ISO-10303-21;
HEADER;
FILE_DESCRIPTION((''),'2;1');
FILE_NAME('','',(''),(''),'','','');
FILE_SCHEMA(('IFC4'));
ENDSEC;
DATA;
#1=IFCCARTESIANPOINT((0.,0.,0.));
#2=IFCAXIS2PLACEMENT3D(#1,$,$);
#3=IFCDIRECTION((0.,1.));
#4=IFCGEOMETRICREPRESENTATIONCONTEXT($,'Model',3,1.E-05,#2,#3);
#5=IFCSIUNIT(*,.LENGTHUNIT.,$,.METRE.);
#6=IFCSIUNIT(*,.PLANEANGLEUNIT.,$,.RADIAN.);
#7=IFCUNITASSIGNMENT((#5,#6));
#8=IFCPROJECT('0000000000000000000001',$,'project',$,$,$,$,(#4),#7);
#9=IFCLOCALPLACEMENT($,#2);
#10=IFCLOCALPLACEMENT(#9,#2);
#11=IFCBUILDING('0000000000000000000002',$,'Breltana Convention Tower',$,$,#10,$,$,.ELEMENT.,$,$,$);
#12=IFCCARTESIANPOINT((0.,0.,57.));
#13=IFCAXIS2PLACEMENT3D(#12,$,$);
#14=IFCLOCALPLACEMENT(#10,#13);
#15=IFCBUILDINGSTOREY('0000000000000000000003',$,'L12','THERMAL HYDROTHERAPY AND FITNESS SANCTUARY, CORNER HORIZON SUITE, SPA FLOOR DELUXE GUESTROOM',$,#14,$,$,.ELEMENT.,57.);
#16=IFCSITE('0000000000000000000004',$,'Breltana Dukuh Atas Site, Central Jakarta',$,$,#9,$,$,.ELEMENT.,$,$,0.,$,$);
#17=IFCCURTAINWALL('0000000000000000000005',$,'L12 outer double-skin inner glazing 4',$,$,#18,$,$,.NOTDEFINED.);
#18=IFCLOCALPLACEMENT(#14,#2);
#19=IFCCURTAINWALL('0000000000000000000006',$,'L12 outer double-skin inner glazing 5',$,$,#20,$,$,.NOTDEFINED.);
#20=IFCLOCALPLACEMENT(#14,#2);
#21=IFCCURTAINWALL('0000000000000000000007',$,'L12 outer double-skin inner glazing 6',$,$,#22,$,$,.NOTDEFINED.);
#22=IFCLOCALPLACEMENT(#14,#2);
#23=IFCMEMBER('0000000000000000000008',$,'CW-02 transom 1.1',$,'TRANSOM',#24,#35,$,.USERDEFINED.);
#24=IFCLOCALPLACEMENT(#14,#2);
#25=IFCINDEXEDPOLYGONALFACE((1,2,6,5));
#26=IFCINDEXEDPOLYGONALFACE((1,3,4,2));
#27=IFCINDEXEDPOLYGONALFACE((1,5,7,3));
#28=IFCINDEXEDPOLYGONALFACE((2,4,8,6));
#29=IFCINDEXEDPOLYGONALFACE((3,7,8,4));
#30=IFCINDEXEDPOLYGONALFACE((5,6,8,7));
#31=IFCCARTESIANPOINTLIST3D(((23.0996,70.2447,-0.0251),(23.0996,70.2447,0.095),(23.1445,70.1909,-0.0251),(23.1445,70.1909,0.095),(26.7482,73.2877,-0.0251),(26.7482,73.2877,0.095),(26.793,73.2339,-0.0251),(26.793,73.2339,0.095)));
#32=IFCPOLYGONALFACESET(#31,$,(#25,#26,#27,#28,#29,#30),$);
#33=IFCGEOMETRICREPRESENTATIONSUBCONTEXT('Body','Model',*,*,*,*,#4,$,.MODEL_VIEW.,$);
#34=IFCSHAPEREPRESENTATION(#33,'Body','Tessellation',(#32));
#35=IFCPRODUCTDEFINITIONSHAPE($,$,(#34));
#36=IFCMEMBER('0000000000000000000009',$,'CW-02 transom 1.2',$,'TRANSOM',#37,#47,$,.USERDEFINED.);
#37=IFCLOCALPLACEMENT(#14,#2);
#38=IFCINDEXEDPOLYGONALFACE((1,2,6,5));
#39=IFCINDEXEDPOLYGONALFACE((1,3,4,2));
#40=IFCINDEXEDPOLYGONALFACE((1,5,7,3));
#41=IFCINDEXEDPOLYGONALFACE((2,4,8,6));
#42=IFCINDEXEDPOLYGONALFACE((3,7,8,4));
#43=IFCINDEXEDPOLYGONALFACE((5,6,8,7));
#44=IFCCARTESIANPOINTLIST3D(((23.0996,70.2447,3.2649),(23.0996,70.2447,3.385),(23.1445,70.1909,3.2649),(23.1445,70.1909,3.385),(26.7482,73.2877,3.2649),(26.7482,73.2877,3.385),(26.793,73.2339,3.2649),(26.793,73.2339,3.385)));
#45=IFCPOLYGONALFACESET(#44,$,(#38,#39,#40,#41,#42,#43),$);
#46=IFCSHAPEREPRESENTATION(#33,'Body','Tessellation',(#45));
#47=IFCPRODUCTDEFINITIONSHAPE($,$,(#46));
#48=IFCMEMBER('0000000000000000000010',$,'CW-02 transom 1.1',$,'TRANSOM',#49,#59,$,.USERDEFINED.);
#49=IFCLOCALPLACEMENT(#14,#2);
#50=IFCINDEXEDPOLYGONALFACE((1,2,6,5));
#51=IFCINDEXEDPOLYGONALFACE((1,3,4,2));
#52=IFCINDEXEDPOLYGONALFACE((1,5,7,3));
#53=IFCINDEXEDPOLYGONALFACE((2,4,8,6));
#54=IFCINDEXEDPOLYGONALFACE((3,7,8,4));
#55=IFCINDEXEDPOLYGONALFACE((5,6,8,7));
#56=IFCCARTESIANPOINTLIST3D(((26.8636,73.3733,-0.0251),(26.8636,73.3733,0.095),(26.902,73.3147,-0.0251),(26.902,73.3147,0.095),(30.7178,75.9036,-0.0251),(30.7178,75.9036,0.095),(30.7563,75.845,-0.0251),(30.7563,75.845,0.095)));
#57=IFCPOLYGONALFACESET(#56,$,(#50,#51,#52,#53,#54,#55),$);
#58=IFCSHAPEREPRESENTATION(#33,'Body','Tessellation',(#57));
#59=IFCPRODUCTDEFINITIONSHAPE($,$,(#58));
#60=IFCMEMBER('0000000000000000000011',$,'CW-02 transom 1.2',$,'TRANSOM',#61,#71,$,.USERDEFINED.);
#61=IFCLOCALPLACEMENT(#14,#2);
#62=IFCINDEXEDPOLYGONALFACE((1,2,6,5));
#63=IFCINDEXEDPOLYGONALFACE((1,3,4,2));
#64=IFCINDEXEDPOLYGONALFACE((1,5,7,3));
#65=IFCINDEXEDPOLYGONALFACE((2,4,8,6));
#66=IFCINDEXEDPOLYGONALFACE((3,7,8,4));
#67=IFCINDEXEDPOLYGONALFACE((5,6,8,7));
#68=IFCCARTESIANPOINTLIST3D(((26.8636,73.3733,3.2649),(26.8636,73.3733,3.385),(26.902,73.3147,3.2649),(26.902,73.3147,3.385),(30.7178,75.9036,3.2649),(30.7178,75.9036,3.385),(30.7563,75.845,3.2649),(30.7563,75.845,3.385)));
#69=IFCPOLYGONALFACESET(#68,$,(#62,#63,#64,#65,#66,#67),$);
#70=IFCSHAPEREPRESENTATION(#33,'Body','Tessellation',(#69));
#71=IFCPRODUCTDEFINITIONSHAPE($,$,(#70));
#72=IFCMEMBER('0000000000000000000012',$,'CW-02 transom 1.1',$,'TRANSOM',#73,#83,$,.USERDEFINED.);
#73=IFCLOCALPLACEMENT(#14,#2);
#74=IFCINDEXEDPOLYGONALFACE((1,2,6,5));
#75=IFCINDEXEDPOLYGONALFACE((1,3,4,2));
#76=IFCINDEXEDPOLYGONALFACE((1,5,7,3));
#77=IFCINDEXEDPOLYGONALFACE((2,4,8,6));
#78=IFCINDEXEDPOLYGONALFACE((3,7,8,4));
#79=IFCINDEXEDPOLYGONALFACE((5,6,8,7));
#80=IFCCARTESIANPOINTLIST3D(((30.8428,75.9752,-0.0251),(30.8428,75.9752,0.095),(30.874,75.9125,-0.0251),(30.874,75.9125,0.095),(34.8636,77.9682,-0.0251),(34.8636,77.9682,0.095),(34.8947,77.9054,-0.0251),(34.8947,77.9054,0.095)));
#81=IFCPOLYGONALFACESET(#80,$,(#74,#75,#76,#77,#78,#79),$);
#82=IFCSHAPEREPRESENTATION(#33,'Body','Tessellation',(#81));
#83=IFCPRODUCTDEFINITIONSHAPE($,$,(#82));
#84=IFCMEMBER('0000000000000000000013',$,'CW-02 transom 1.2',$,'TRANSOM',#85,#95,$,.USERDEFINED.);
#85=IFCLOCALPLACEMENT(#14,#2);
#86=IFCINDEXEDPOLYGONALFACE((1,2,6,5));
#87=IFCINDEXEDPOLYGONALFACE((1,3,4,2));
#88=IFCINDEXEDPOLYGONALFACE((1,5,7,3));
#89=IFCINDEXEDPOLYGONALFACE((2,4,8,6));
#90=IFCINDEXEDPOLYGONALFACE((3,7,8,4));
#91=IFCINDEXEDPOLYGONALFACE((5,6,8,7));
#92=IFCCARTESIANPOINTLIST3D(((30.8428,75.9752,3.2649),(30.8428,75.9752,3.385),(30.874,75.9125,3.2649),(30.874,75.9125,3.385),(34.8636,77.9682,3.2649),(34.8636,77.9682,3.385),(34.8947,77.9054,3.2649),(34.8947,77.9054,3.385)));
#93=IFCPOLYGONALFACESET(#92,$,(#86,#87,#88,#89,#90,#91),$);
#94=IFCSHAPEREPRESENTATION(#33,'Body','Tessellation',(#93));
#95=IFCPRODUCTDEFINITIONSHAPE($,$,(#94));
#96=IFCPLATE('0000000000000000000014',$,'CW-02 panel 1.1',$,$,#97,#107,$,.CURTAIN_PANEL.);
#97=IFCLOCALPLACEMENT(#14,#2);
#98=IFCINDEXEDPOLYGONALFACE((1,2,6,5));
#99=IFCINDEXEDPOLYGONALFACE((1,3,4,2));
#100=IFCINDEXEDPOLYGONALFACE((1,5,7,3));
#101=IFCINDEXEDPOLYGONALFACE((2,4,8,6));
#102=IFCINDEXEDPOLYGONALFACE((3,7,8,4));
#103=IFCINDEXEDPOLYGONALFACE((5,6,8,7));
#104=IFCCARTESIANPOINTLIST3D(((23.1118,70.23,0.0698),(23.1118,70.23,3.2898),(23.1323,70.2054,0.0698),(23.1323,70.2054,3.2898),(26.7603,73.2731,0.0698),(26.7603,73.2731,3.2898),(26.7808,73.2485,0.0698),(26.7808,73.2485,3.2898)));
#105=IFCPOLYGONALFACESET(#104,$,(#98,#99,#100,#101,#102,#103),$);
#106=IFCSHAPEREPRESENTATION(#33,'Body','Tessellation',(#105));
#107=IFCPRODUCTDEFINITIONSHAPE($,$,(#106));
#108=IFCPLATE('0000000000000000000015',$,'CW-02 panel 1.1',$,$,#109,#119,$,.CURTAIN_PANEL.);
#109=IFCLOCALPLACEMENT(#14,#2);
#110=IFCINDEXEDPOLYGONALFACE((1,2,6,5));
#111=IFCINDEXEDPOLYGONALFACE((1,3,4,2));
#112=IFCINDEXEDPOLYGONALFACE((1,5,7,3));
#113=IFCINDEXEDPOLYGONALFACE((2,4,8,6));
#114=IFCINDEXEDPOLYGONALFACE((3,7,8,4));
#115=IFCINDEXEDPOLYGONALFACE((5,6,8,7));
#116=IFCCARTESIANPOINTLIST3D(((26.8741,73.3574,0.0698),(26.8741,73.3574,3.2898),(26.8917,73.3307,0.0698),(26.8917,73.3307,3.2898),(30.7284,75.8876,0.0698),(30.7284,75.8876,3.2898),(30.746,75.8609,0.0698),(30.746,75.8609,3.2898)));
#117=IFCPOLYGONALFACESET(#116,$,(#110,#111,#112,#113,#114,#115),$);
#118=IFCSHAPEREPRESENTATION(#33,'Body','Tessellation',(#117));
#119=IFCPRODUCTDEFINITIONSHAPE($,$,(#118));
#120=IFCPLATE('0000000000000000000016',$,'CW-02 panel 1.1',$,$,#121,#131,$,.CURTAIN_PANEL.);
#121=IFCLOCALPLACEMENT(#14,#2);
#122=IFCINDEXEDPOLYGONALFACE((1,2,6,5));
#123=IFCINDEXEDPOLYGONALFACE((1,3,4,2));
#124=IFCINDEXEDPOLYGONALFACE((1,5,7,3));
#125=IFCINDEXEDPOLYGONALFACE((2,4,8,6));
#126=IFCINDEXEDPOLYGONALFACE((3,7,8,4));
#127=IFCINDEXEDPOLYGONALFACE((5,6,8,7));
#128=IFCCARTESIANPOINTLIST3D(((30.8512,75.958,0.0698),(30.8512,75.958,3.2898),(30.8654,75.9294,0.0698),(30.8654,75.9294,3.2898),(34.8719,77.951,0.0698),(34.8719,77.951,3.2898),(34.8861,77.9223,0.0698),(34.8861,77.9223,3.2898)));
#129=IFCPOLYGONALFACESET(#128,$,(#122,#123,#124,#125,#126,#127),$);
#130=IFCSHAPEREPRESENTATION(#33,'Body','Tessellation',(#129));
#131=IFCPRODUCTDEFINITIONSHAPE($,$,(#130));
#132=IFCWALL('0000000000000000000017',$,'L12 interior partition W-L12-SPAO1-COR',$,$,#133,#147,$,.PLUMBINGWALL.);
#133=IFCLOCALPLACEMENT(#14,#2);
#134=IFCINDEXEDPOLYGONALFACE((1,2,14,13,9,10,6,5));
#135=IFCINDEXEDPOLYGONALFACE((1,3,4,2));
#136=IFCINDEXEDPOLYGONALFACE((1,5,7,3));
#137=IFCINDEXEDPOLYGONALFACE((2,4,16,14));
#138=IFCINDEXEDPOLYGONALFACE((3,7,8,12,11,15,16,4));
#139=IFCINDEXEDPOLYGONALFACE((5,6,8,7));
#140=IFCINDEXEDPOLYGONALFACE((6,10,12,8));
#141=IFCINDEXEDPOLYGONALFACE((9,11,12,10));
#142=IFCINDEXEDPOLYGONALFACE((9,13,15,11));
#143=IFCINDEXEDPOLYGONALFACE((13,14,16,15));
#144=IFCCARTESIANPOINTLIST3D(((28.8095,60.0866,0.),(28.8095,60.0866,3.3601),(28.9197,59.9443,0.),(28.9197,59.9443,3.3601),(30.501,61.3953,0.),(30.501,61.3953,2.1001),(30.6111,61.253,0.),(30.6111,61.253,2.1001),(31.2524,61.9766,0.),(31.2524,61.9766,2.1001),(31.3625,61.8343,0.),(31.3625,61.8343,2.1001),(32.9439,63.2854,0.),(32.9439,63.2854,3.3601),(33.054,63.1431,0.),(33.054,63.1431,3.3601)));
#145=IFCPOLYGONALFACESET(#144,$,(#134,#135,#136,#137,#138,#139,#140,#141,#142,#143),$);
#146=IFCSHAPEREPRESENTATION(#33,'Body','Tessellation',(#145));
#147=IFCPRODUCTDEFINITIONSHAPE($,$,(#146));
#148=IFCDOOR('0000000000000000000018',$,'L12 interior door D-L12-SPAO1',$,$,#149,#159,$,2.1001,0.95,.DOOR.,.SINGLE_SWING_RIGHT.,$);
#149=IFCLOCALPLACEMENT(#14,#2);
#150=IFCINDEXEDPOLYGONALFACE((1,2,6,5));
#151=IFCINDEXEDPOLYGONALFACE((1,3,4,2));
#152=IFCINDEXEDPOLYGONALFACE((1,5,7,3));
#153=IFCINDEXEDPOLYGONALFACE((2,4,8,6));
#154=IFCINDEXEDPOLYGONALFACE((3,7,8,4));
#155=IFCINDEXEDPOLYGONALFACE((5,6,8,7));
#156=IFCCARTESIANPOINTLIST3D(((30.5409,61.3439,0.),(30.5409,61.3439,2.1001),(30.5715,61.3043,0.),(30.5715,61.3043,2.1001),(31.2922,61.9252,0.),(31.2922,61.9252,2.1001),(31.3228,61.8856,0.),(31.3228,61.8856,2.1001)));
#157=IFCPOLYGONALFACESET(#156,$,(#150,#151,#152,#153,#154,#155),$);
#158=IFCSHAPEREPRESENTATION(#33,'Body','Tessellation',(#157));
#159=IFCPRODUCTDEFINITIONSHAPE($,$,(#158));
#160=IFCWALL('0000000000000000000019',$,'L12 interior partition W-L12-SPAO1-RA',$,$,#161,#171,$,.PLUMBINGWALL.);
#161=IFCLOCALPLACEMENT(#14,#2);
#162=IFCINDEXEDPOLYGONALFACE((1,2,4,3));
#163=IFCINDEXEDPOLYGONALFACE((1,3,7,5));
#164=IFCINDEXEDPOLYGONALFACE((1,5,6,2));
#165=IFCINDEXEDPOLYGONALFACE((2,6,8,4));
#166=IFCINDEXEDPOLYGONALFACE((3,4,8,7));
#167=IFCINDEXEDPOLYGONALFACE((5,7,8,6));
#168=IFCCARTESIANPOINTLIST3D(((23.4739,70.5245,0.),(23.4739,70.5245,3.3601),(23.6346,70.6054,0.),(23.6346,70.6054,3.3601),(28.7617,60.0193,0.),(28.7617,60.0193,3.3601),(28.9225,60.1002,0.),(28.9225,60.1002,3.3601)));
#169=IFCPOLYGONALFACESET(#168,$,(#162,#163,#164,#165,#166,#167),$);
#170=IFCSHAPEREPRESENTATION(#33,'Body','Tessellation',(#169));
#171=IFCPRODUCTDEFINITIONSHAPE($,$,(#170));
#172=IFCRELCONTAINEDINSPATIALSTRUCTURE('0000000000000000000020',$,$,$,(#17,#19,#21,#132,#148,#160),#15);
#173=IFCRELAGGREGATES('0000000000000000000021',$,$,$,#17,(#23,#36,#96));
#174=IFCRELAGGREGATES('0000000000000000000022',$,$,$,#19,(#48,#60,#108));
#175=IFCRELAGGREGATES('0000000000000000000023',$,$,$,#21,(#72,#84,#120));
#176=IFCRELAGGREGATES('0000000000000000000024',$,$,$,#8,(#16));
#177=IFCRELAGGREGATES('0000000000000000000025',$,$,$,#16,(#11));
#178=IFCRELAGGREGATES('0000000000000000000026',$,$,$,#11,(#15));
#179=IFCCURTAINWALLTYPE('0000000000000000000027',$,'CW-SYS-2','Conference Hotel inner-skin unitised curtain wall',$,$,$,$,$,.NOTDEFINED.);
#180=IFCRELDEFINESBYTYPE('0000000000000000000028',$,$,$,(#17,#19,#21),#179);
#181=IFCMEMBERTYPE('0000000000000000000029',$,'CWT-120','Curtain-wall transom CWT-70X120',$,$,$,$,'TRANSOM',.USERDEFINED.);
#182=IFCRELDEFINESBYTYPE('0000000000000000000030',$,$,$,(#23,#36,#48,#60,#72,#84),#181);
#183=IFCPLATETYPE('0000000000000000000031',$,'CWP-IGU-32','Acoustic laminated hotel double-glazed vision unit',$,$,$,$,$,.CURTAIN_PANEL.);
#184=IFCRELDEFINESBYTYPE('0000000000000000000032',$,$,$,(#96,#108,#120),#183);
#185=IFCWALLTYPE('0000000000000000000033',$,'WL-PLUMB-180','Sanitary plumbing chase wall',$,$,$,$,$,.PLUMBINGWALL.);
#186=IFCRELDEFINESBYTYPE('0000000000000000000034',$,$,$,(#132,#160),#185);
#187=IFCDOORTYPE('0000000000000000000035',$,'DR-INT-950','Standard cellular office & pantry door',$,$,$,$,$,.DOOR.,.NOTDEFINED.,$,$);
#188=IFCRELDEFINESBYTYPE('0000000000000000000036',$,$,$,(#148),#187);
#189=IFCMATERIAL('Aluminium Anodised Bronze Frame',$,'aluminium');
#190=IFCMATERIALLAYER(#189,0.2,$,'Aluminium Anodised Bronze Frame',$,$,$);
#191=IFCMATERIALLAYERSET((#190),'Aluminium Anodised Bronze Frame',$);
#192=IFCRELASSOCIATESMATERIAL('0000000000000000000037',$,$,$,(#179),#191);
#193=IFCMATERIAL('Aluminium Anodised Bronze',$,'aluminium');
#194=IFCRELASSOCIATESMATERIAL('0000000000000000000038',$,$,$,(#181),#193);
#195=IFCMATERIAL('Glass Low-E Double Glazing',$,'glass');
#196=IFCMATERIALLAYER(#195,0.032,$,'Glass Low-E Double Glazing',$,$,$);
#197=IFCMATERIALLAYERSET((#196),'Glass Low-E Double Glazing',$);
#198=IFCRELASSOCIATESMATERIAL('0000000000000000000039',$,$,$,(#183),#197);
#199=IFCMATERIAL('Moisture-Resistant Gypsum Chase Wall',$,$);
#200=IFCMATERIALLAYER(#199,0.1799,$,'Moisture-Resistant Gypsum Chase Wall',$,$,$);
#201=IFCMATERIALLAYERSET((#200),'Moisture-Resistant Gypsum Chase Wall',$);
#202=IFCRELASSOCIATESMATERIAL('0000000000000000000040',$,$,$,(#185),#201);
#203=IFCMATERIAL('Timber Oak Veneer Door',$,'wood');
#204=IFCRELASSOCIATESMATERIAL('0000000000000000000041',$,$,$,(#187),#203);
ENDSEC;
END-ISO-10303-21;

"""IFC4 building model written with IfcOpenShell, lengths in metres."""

from ifc_helpers import new_model, si_unit, direction, frame, frame_2d, origin, origin_2d, place, context, subcontext, project, spatial, rectangle, extrude, source, transform, mapped, material, layer, layer_set, material_profile, profile_set, type_object, type_shapes, element, fill, aggregate, save


model = new_model("IFC4")

# Units and contexts
model_context = context("Model", 3, precision=1e-05, world=origin(), true_north=direction((0.0, 1.0)))
body_context = subcontext(model_context, "Body", "Model", "MODEL_VIEW")
ifc_project = project(units=[si_unit("LENGTHUNIT", "METRE"), si_unit("PLANEANGLEUNIT", "RADIAN")], contexts=[model_context])

# Site, building, storey
site_placement = place(None, origin())
site = spatial("IfcSite", under=ifc_project, at=site_placement, Name="Breltana Dukuh Atas Site, Central Jakarta", CompositionType="ELEMENT", RefElevation=0.0)
building_placement = place(site_placement, origin())
building = spatial("IfcBuilding", under=site, at=building_placement, Name="Breltana Convention Tower", CompositionType="ELEMENT")
storey_placement = place(building_placement, frame((0.0, 0.0, 57.0)))
storey = spatial("IfcBuildingStorey", under=building, at=storey_placement, Name="L12", Description="THERMAL HYDROTHERAPY AND FITNESS SANCTUARY, CORNER HORIZON SUITE, SPA FLOOR DELUXE GUESTROOM", CompositionType="ELEMENT", Elevation=57.0)

# Shared definitions
ifc_material_1 = material(Name="Aluminium Anodised Bronze Frame", Category="aluminium")
ifc_layer_1 = layer(ifc_material_1, 0.2, Name="Aluminium Anodised Bronze Frame")
ifc_layer_set_1 = layer_set([ifc_layer_1], Name="Aluminium Anodised Bronze Frame")
curtain_wall_type = type_object("IfcCurtainWallType", Name="CW-SYS-2", Description="Conference Hotel inner-skin unitised curtain wall", PredefinedType="NOTDEFINED", material=ifc_layer_set_1)
ifc_material_2 = material(Name="Aluminium Anodised Bronze", Category="aluminium")

# Curtain walls
curtain_wall_1_placement = place(storey_placement, origin())
curtain_wall_1 = element("IfcCurtainWall", 1, at=curtain_wall_1_placement, inside=storey, type_object=curtain_wall_type, Name="L12 outer double-skin inner glazing 4", PredefinedType="NOTDEFINED")
curtain_wall_2_placement = place(storey_placement, origin())
curtain_wall_2 = element("IfcCurtainWall", 2, at=curtain_wall_2_placement, inside=storey, type_object=curtain_wall_type, Name="L12 outer double-skin inner glazing 5", PredefinedType="NOTDEFINED")

# Curtain wall
curtain_wall_3_placement = place(storey_placement, origin())
curtain_wall_3 = element("IfcCurtainWall", 3, at=curtain_wall_3_placement, inside=storey, type_object=curtain_wall_type, Name="L12 outer double-skin inner glazing 6", PredefinedType="NOTDEFINED")

# Members
ifc_material_profile_1 = material_profile(ifc_material_2, rectangle(XDim=0.0701, YDim=0.1201, at=origin_2d()), Name="CWT-70X120")
ifc_profile_set_1 = profile_set([ifc_material_profile_1], Name="Aluminium Anodised Bronze")
member_type_1 = type_object("IfcMemberType", Name="CWT-120", Description="Curtain-wall transom CWT-70X120", ElementType="TRANSOM", PredefinedType="USERDEFINED", material=ifc_profile_set_1)
shared_shape_1 = source(origin(), body_context, "Body", "SweptSolid", [
    extrude(rectangle(XDim=0.0701, YDim=0.1201, at=origin_2d()), origin(), (0.0, 0.0, 1.0), 4.751),
])
member_1_placement = place(storey_placement, frame((23.1221, 70.2178, 0.0349), z_axis=(0.767952, 0.640508, 0.0), x_axis=(-0.640508, 0.767952, 0.0)))
member_1 = element("IfcMember", 4, at=member_1_placement, type_object=member_type_1, Name="CW-02 transom 1.1", ObjectType="TRANSOM", PredefinedType="USERDEFINED", context=body_context, shape_type="MappedRepresentation", body=[
    mapped(shared_shape_1, transform((0.0, 0.0, 0.0), scale=1.0)),
])
member_2_placement = place(storey_placement, frame((23.1221, 70.2178, 3.325), z_axis=(0.767952, 0.640508, 0.0), x_axis=(-0.640508, 0.767952, 0.0)))
member_2 = element("IfcMember", 5, at=member_2_placement, type_object=member_type_1, Name="CW-02 transom 1.2", ObjectType="TRANSOM", PredefinedType="USERDEFINED", context=body_context, shape_type="MappedRepresentation", body=[
    mapped(shared_shape_1, transform((0.0, 0.0, 0.0), scale=1.0)),
])
shared_shape_2 = source(origin(), body_context, "Body", "SweptSolid", [
    extrude(rectangle(XDim=0.0701, YDim=0.1201, at=origin_2d()), origin(), (0.0, 0.0, 1.0), 4.6106),
])
member_3_placement = place(storey_placement, frame((26.8828, 73.344, 0.0349), z_axis=(0.835956, 0.548796, 0.0), x_axis=(-0.548796, 0.835956, 0.0)))
member_3 = element("IfcMember", 6, at=member_3_placement, type_object=member_type_1, Name="CW-02 transom 1.1", ObjectType="TRANSOM", PredefinedType="USERDEFINED", context=body_context, shape_type="MappedRepresentation", body=[
    mapped(shared_shape_2, transform((0.0, 0.0, 0.0), scale=1.0)),
])
member_4_placement = place(storey_placement, frame((26.8828, 73.344, 3.325), z_axis=(0.835956, 0.548796, 0.0), x_axis=(-0.548796, 0.835956, 0.0)))
member_4 = element("IfcMember", 7, at=member_4_placement, type_object=member_type_1, Name="CW-02 transom 1.2", ObjectType="TRANSOM", PredefinedType="USERDEFINED", context=body_context, shape_type="MappedRepresentation", body=[
    mapped(shared_shape_2, transform((0.0, 0.0, 0.0), scale=1.0)),
])
shared_shape_3 = source(origin(), body_context, "Body", "SweptSolid", [
    extrude(rectangle(XDim=0.0701, YDim=0.1201, at=origin_2d()), origin(), (0.0, 0.0, 1.0), 4.4875),
])
member_5_placement = place(storey_placement, frame((30.8584, 75.9438, 0.0349), z_axis=(0.895978, 0.444099, 0.0), x_axis=(-0.444099, 0.895978, 0.0)))
member_5 = element("IfcMember", 8, at=member_5_placement, type_object=member_type_1, Name="CW-02 transom 1.1", ObjectType="TRANSOM", PredefinedType="USERDEFINED", context=body_context, shape_type="MappedRepresentation", body=[
    mapped(shared_shape_3, transform((0.0, 0.0, 0.0), scale=1.0)),
])
member_6_placement = place(storey_placement, frame((30.8584, 75.9438, 3.325), z_axis=(0.895978, 0.444099, 0.0), x_axis=(-0.444099, 0.895978, 0.0)))
member_6 = element("IfcMember", 9, at=member_6_placement, type_object=member_type_1, Name="CW-02 transom 1.2", ObjectType="TRANSOM", PredefinedType="USERDEFINED", context=body_context, shape_type="MappedRepresentation", body=[
    mapped(shared_shape_3, transform((0.0, 0.0, 0.0), scale=1.0)),
])

# Plates
ifc_material_3 = material(Name="Glass Low-E Double Glazing", Category="glass")
ifc_layer_2 = layer(ifc_material_3, 0.032, Name="Glass Low-E Double Glazing")
ifc_layer_set_2 = layer_set([ifc_layer_2], Name="Glass Low-E Double Glazing")
plate_type = type_object("IfcPlateType", Name="CWP-IGU-32", Description="Acoustic laminated hotel double-glazed vision unit", PredefinedType="CURTAIN_PANEL", material=ifc_layer_set_2)
shared_shape_4 = source(origin(), body_context, "Body", "SweptSolid", [
    extrude(rectangle(XDim=4.751, YDim=0.032, at=origin_2d()), origin(), (0.0, 0.0, 1.0), 3.22),
])
plate_1_placement = place(storey_placement, frame((24.9463, 71.7393, 0.0698), z_axis=(0.0, 0.0, 1.0), x_axis=(0.767941, 0.64052, 0.0)))
plate_1 = element("IfcPlate", 10, at=plate_1_placement, type_object=plate_type, Name="CW-02 panel 1.1", PredefinedType="CURTAIN_PANEL", context=body_context, shape_type="MappedRepresentation", body=[
    mapped(shared_shape_4, transform((0.0, 0.0, 0.0), scale=1.0)),
])
aggregate(curtain_wall_1, [member_1, member_2, plate_1])
shared_shape_5 = source(origin(), body_context, "Body", "SweptSolid", [
    extrude(rectangle(XDim=4.6106, YDim=0.032, at=origin_2d()), origin(), (0.0, 0.0, 1.0), 3.22),
])
plate_2_placement = place(storey_placement, frame((28.8101, 74.6091, 0.0698), z_axis=(0.0, 0.0, 1.0), x_axis=(0.835964, 0.548784, 0.0)))
plate_2 = element("IfcPlate", 11, at=plate_2_placement, type_object=plate_type, Name="CW-02 panel 1.1", PredefinedType="CURTAIN_PANEL", context=body_context, shape_type="MappedRepresentation", body=[
    mapped(shared_shape_5, transform((0.0, 0.0, 0.0), scale=1.0)),
])
aggregate(curtain_wall_2, [member_3, member_4, plate_2])
shared_shape_6 = source(origin(), body_context, "Body", "SweptSolid", [
    extrude(rectangle(XDim=4.4875, YDim=0.032, at=origin_2d()), origin(), (0.0, 0.0, 1.0), 3.22),
])
plate_3_placement = place(storey_placement, frame((32.8687, 76.9402, 0.0698), z_axis=(0.0, 0.0, 1.0), x_axis=(0.895973, 0.444108, 0.0)))
plate_3 = element("IfcPlate", 12, at=plate_3_placement, type_object=plate_type, Name="CW-02 panel 1.1", PredefinedType="CURTAIN_PANEL", context=body_context, shape_type="MappedRepresentation", body=[
    mapped(shared_shape_6, transform((0.0, 0.0, 0.0), scale=1.0)),
])
aggregate(curtain_wall_3, [member_5, member_6, plate_3])

# Wall, opening, door
ifc_material_4 = material(Name="Moisture-Resistant Gypsum Chase Wall")
ifc_layer_3 = layer(ifc_material_4, 0.1799, Name="Moisture-Resistant Gypsum Chase Wall")
ifc_layer_set_3 = layer_set([ifc_layer_3], Name="Moisture-Resistant Gypsum Chase Wall")
wall_type = type_object("IfcWallType", Name="WL-PLUMB-180", Description="Sanitary plumbing chase wall", PredefinedType="PLUMBINGWALL", material=ifc_layer_set_3)
shared_shape_7 = source(origin(), body_context, "Body", "SweptSolid", [
    extrude(rectangle(XDim=5.2273, YDim=0.1799, at=frame_2d((2.6138, 0.0))), origin(), (0.0, 0.0, 1.0), 3.3601),
])
wall_1_placement = place(storey_placement, frame((28.8645, 60.0154, 0.0), z_axis=(0.0, 0.0, 1.0), x_axis=(0.790909, 0.611934, 0.0)))
wall_1 = element("IfcWall", 13, at=wall_1_placement, inside=storey, type_object=wall_type, Name="L12 interior partition W-L12-SPAO1-COR", PredefinedType="PLUMBINGWALL", context=body_context, shape_type="MappedRepresentation", body=[
    mapped(shared_shape_7, transform((0.0, 0.0, 0.0), scale=1.0)),
])
opening_placement = place(wall_1_placement, frame((2.1387, 0.0, 0.0)))
opening = element("IfcOpeningElement", 14, at=opening_placement, cuts=wall_1, PredefinedType="OPENING", context=body_context, shape_type="SweptSolid", body=[
    extrude(rectangle(XDim=0.95, YDim=2.1001, at=frame_2d((0.4751, 1.05))), frame((0.0, 0.1001, 0.0), z_axis=(0.0, -1.0, 0.0), x_axis=(1.0, 0.0, 0.0)), (0.0, 0.0, 1.0), 0.2),
])
ifc_material_5 = material(Name="Timber Oak Veneer Door", Category="wood")
door_type = type_object("IfcDoorType", Name="DR-INT-950", Description="Standard cellular office & pantry door", OperationType="NOTDEFINED", PredefinedType="DOOR", material=ifc_material_5)
shared_shape_8 = source(origin(), body_context, "Body", "SweptSolid", [
    extrude(rectangle(XDim=0.95, YDim=2.1001, at=frame_2d((0.4751, 1.05))), frame((0.0, 0.0249, 0.0), z_axis=(0.0, -1.0, 0.0), x_axis=(1.0, 0.0, 0.0)), (0.0, 0.0, 1.0), 0.05),
])
type_shapes(door_type, [shared_shape_8])
door_placement = place(opening_placement, origin())
door = element("IfcDoor", 15, at=door_placement, inside=storey, type_object=door_type, Name="L12 interior door D-L12-SPAO1", OperationType="SINGLE_SWING_RIGHT", OverallHeight=2.1001, OverallWidth=0.95, PredefinedType="DOOR", context=body_context, shape_type="MappedRepresentation", body=[
    mapped(shared_shape_8, transform((0.0, 0.0, 0.0), scale=1.0)),
])
fill(opening, door)

# Wall
shared_shape_9 = source(origin(), body_context, "Body", "SweptSolid", [
    extrude(rectangle(XDim=11.761, YDim=0.1799, at=frame_2d((5.8804, 0.0))), origin(), (0.0, 0.0, 1.0), 3.3601),
])
wall_2_placement = place(storey_placement, frame((28.842, 60.0598, 0.0), z_axis=(0.0, 0.0, 1.0), x_axis=(-0.449612, 0.893224, 0.0)))
element("IfcWall", 16, at=wall_2_placement, inside=storey, type_object=wall_type, Name="L12 interior partition W-L12-SPAO1-RA", PredefinedType="PLUMBINGWALL", context=body_context, shape_type="MappedRepresentation", body=[
    mapped(shared_shape_9, transform((0.0, 0.0, 0.0), scale=1.0)),
])

save(model, "model.ifc")
